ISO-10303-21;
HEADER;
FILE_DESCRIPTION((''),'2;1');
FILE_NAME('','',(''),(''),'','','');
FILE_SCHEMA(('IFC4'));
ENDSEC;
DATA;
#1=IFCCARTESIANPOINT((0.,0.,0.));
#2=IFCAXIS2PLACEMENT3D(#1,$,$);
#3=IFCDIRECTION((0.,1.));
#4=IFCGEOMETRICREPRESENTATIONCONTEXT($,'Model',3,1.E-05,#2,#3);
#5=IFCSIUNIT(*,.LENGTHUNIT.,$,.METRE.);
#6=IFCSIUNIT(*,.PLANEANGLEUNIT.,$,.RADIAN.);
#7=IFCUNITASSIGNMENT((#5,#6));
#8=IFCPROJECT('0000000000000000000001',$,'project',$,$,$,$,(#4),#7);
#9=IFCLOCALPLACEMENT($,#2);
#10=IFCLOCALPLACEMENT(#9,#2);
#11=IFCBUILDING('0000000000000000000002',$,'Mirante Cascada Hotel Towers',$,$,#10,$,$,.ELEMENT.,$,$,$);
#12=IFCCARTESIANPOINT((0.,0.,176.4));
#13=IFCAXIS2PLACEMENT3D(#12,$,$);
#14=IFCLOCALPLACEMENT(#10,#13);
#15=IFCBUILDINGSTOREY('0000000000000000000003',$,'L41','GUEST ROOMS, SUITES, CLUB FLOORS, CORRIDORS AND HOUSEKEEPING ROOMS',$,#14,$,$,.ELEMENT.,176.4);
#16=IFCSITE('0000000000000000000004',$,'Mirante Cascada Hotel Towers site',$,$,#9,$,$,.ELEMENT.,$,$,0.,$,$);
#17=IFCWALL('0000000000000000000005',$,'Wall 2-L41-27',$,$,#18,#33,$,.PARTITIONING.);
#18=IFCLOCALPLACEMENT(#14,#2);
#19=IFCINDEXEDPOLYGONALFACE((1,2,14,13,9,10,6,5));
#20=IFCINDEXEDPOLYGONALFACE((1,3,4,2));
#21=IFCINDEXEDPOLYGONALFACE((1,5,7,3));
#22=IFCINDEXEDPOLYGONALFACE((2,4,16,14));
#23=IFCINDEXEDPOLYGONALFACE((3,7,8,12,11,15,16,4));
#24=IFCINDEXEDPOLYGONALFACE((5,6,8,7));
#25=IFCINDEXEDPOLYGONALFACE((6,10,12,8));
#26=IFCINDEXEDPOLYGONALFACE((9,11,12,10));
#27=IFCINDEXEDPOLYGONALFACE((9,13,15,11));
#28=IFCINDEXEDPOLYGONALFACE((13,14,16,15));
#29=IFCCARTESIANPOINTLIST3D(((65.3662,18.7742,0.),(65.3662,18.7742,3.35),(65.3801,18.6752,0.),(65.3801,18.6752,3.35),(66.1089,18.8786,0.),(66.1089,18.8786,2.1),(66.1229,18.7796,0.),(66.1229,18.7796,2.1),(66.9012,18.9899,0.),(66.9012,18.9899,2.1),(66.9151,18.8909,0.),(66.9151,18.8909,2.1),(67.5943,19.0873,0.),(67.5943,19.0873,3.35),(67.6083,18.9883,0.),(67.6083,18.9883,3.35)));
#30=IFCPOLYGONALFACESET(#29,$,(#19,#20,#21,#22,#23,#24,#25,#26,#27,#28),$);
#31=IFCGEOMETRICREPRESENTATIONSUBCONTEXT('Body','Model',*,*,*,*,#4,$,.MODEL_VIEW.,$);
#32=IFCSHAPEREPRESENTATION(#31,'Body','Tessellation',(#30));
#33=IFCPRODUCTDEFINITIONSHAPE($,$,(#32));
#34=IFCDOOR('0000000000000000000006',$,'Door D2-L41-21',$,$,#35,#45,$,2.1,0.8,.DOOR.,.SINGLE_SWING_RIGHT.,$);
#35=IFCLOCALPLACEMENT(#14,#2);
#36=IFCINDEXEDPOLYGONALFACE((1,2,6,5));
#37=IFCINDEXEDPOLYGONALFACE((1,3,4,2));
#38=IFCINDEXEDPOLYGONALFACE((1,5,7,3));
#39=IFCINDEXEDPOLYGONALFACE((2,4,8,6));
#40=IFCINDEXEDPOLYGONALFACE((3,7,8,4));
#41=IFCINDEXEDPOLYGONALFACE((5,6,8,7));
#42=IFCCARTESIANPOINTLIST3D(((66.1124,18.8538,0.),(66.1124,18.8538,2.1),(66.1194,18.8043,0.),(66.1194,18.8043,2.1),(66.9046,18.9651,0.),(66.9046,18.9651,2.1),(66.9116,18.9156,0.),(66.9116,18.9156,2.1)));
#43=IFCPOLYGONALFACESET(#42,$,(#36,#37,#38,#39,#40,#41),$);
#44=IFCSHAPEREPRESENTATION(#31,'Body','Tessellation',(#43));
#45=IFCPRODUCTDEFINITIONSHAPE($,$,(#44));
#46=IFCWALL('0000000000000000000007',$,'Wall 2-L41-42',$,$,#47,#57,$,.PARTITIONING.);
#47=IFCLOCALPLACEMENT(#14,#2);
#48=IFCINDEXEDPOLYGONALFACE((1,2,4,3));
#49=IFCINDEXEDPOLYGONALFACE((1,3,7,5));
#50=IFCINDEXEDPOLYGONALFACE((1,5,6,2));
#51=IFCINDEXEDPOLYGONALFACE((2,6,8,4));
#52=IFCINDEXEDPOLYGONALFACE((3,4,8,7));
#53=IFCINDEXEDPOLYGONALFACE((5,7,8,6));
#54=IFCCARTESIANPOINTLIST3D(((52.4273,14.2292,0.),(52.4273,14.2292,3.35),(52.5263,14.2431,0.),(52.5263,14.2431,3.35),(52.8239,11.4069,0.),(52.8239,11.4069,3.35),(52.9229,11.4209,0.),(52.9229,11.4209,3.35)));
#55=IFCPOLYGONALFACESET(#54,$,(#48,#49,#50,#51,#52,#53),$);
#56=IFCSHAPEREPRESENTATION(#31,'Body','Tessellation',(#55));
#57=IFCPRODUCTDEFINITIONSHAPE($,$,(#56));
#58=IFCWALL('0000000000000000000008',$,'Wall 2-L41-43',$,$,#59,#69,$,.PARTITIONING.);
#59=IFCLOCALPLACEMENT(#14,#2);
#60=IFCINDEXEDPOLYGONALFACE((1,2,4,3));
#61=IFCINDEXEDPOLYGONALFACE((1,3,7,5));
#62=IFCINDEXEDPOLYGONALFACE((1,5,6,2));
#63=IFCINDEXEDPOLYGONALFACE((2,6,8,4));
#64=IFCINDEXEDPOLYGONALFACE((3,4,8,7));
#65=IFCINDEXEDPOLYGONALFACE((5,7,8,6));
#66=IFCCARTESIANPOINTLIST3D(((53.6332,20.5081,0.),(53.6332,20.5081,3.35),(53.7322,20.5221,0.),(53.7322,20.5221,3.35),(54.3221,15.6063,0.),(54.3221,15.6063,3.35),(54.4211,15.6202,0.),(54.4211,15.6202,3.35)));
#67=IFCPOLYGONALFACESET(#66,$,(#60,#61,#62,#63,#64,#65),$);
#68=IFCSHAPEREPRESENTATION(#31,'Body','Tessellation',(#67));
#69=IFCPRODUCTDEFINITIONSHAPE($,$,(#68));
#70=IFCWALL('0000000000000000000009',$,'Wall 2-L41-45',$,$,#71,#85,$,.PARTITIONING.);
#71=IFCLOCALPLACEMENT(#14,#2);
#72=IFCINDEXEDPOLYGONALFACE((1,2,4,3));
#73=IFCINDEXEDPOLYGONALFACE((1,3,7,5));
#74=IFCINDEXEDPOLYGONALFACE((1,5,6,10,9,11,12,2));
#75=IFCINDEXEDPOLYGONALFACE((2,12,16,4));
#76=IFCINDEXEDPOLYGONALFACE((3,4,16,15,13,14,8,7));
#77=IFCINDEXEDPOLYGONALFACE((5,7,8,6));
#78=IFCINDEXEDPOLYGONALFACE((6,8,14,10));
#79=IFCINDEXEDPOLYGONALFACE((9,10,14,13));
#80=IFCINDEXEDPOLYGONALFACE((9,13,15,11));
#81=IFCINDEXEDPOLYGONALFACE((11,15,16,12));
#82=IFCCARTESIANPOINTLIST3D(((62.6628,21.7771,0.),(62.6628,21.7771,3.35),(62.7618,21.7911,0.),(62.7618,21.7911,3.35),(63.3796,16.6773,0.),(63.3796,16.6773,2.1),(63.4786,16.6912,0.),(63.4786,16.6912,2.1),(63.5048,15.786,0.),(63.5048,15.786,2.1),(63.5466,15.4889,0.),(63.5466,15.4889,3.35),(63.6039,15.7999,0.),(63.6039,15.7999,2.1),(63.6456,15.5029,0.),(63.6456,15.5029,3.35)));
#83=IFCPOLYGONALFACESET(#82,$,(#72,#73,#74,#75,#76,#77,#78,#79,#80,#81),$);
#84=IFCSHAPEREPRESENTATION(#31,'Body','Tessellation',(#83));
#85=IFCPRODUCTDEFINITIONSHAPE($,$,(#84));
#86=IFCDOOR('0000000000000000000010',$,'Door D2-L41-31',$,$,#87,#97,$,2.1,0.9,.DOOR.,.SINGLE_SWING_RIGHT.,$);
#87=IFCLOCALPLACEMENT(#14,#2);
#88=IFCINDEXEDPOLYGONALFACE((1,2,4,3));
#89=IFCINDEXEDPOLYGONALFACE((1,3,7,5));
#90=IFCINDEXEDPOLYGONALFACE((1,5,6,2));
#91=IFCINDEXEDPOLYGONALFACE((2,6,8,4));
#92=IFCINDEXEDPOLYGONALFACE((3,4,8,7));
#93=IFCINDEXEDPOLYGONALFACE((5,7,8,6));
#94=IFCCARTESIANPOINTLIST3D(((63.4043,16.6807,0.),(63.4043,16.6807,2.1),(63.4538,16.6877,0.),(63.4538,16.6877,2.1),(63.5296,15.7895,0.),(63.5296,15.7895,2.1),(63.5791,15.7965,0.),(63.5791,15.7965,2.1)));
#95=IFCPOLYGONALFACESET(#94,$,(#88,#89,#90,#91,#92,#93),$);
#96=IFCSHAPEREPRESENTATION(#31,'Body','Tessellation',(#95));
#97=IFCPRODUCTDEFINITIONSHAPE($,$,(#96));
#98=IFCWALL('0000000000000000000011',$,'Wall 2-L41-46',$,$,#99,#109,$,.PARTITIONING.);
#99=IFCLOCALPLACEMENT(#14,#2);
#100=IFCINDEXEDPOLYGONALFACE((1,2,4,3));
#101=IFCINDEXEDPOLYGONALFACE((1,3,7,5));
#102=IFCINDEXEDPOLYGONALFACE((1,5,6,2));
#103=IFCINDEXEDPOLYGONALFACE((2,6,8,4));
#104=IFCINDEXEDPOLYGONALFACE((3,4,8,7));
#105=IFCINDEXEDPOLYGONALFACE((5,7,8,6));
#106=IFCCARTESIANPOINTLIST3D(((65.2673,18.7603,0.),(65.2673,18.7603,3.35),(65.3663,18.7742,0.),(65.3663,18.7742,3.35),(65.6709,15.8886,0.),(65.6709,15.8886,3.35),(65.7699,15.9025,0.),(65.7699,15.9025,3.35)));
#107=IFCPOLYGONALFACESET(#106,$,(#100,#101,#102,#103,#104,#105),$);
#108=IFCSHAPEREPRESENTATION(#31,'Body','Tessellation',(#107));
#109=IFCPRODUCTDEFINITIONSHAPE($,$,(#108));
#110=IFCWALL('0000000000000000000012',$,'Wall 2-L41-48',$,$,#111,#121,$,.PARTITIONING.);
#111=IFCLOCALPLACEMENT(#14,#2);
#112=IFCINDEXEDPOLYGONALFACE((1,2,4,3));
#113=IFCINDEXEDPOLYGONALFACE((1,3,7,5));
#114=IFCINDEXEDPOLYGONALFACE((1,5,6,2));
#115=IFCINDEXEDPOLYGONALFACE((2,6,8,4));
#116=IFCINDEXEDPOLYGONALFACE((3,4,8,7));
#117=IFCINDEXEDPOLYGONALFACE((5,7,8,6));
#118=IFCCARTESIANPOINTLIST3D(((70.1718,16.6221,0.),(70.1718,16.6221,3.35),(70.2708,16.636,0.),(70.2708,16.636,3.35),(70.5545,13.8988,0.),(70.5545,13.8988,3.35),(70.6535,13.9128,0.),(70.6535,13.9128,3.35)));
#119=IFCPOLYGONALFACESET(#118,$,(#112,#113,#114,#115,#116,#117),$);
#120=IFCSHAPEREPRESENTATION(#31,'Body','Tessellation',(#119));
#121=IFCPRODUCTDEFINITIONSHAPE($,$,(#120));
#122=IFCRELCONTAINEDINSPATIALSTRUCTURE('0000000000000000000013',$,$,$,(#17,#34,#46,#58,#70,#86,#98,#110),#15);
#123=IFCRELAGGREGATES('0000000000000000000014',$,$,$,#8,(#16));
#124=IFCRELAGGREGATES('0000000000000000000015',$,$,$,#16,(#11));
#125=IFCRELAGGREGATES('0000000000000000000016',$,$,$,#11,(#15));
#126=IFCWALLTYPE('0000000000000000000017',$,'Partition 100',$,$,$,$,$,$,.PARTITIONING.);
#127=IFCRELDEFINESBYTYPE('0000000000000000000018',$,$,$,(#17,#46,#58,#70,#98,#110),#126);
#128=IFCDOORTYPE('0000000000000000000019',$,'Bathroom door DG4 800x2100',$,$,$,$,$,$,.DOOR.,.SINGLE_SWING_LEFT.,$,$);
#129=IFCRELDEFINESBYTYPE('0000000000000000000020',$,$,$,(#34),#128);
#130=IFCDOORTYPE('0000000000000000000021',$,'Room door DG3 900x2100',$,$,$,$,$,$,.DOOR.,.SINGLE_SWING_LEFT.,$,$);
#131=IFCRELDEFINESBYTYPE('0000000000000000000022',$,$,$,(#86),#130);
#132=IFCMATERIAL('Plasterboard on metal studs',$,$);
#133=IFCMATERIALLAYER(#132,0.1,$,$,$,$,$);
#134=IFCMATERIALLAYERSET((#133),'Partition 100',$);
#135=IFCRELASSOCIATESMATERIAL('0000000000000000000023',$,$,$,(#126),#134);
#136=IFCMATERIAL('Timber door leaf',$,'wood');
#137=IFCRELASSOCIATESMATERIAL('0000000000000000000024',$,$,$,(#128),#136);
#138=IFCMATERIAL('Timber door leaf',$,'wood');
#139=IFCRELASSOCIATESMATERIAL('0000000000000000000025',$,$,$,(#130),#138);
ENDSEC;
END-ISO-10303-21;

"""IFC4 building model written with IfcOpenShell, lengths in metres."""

from ifc_helpers import new_model, si_unit, direction, frame, frame_2d, origin, place, context, subcontext, project, spatial, rectangle, extrude, material, layer, layer_set, type_object, element, fill, save


model = new_model("IFC4")

# Units and contexts
model_context = context("Model", 3, precision=1e-05, world=origin(), true_north=direction((0.0, 1.0)))
body_context = subcontext(model_context, "Body", "Model", "MODEL_VIEW")
ifc_project = project(units=[si_unit("LENGTHUNIT", "METRE"), si_unit("PLANEANGLEUNIT", "RADIAN")], contexts=[model_context])

# Site, building, storey
site_placement = place(None, origin())
site = spatial("IfcSite", under=ifc_project, at=site_placement, Name="Mirante Cascada Hotel Towers site", CompositionType="ELEMENT", RefElevation=0.0)
building_placement = place(site_placement, origin())
building = spatial("IfcBuilding", under=site, at=building_placement, Name="Mirante Cascada Hotel Towers", CompositionType="ELEMENT")
storey_placement = place(building_placement, frame((0.0, 0.0, 176.4)))
storey = spatial("IfcBuildingStorey", under=building, at=storey_placement, Name="L41", Description="GUEST ROOMS, SUITES, CLUB FLOORS, CORRIDORS AND HOUSEKEEPING ROOMS", CompositionType="ELEMENT", Elevation=176.4)

# Shared definitions
ifc_material_1 = material(Name="Plasterboard on metal studs")
ifc_layer_1 = layer(ifc_material_1, 0.1)
ifc_layer_set_1 = layer_set([ifc_layer_1], Name="Partition 100")
wall_type_1 = type_object("IfcWallType", Name="Partition 100", PredefinedType="PARTITIONING", material=ifc_layer_set_1)

# Shared definitions
ifc_material_2 = material(Name="Timber door leaf", Category="wood")
door_type_1 = type_object("IfcDoorType", Name="Bathroom door DG4 800x2100", OperationType="SINGLE_SWING_LEFT", PredefinedType="DOOR", material=ifc_material_2)
ifc_material_3 = material(Name="Timber door leaf", Category="wood")
door_type_2 = type_object("IfcDoorType", Name="Room door DG3 900x2100", OperationType="SINGLE_SWING_LEFT", PredefinedType="DOOR", material=ifc_material_3)

# Wall, opening, door
wall_1_placement = place(storey_placement, frame((67.6013, 19.0378, 0.0), z_axis=(0.0, 0.0, 1.0), x_axis=(-0.990271, -0.139156, 0.0)))
wall_1 = element("IfcWall", 1, at=wall_1_placement, inside=storey, type_object=wall_type_1, Name="Wall 2-L41-27", PredefinedType="PARTITIONING", context=body_context, shape_type="SweptSolid", body=[
    extrude(rectangle(XDim=2.25, YDim=0.1, at=frame_2d((1.125, 0.0))), origin(), (0.0, 0.0, 1.0), 3.35),
])
opening_1_placement = place(wall_1_placement, frame((0.7, 0.0, 0.0)))
opening_1 = element("IfcOpeningElement", 2, at=opening_1_placement, cuts=wall_1, PredefinedType="OPENING", context=body_context, shape_type="SweptSolid", body=[
    extrude(rectangle(XDim=0.8, YDim=2.1, at=frame_2d((0.4, 1.05))), frame((0.0, 0.05, 0.0), z_axis=(0.0, -1.0, 0.0), x_axis=(1.0, 0.0, 0.0)), (0.0, 0.0, 1.0), 0.1),
])
door_1_placement = place(opening_1_placement, frame((0.8, 0.0, 0.0), z_axis=(0.0, 0.0, 1.0), x_axis=(-1.0, 0.0, 0.0)))
door_1 = element("IfcDoor", 3, at=door_1_placement, inside=storey, type_object=door_type_1, Name="Door D2-L41-21", OperationType="SINGLE_SWING_RIGHT", OverallHeight=2.1, OverallWidth=0.8, PredefinedType="DOOR", context=body_context, shape_type="SweptSolid", body=[
    extrude(rectangle(XDim=0.8, YDim=2.1, at=frame_2d((0.4, 1.05))), frame((0.0, 0.025, 0.0), z_axis=(0.0, -1.0, 0.0), x_axis=(1.0, 0.0, 0.0)), (0.0, 0.0, 1.0), 0.05),
])
fill(opening_1, door_1)

# Walls
wall_2_placement = place(storey_placement, frame((52.8734, 11.4139, 0.0), z_axis=(0.0, 0.0, 1.0), x_axis=(-0.139156, 0.99027, 0.0)))
element("IfcWall", 4, at=wall_2_placement, inside=storey, type_object=wall_type_1, Name="Wall 2-L41-42", PredefinedType="PARTITIONING", context=body_context, shape_type="SweptSolid", body=[
    extrude(rectangle(XDim=2.85, YDim=0.1, at=frame_2d((1.425, 0.0))), origin(), (0.0, 0.0, 1.0), 3.35),
])
wall_3_placement = place(storey_placement, frame((53.6827, 20.5151, 0.0), z_axis=(0.0, 0.0, 1.0), x_axis=(0.139173, -0.990268, 0.0)))
element("IfcWall", 5, at=wall_3_placement, inside=storey, type_object=wall_type_1, Name="Wall 2-L41-43", PredefinedType="PARTITIONING", context=body_context, shape_type="SweptSolid", body=[
    extrude(rectangle(XDim=4.95, YDim=0.1, at=frame_2d((2.475, 0.0))), origin(), (0.0, 0.0, 1.0), 3.35),
])

# Wall, opening, door
wall_4_placement = place(storey_placement, frame((62.7123, 21.7841, 0.0), z_axis=(0.0, 0.0, 1.0), x_axis=(0.139181, -0.990267, 0.0)))
wall_4 = element("IfcWall", 6, at=wall_4_placement, inside=storey, type_object=wall_type_1, Name="Wall 2-L41-45", PredefinedType="PARTITIONING", context=body_context, shape_type="SweptSolid", body=[
    extrude(rectangle(XDim=6.35, YDim=0.1, at=frame_2d((3.175, 0.0))), origin(), (0.0, 0.0, 1.0), 3.35),
])
opening_2_placement = place(wall_4_placement, frame((5.15, 0.0, 0.0)))
opening_2 = element("IfcOpeningElement", 7, at=opening_2_placement, cuts=wall_4, PredefinedType="OPENING", context=body_context, shape_type="SweptSolid", body=[
    extrude(rectangle(XDim=0.9, YDim=2.1, at=frame_2d((0.45, 1.05))), frame((0.0, 0.05, 0.0), z_axis=(0.0, -1.0, 0.0), x_axis=(1.0, 0.0, 0.0)), (0.0, 0.0, 1.0), 0.1),
])
door_2_placement = place(opening_2_placement, frame((0.9, 0.0, 0.0), z_axis=(0.0, 0.0, 1.0), x_axis=(-1.0, 0.0, 0.0)))
door_2 = element("IfcDoor", 8, at=door_2_placement, inside=storey, type_object=door_type_2, Name="Door D2-L41-31", OperationType="SINGLE_SWING_RIGHT", OverallHeight=2.1, OverallWidth=0.9, PredefinedType="DOOR", context=body_context, shape_type="SweptSolid", body=[
    extrude(rectangle(XDim=0.9, YDim=2.1, at=frame_2d((0.45, 1.05))), frame((0.0, 0.025, 0.0), z_axis=(0.0, -1.0, 0.0), x_axis=(1.0, 0.0, 0.0)), (0.0, 0.0, 1.0), 0.05),
])
fill(opening_2, door_2)

# Walls
wall_5_placement = place(storey_placement, frame((65.7204, 15.8955, 0.0), z_axis=(0.0, 0.0, 1.0), x_axis=(-0.139176, 0.990268, 0.0)))
element("IfcWall", 9, at=wall_5_placement, inside=storey, type_object=wall_type_1, Name="Wall 2-L41-46", PredefinedType="PARTITIONING", context=body_context, shape_type="SweptSolid", body=[
    extrude(rectangle(XDim=2.8999, YDim=0.1, at=frame_2d((1.45, 0.0))), origin(), (0.0, 0.0, 1.0), 3.35),
])
wall_6_placement = place(storey_placement, frame((70.604, 13.9058, 0.0), z_axis=(0.0, 0.0, 1.0), x_axis=(-0.139166, 0.990269, 0.0)))
element("IfcWall", 10, at=wall_6_placement, inside=storey, type_object=wall_type_1, Name="Wall 2-L41-48", PredefinedType="PARTITIONING", context=body_context, shape_type="SweptSolid", body=[
    extrude(rectangle(XDim=2.75, YDim=0.1, at=frame_2d((1.375, 0.0))), origin(), (0.0, 0.0, 1.0), 3.35),
])

save(model, "model.ifc")
